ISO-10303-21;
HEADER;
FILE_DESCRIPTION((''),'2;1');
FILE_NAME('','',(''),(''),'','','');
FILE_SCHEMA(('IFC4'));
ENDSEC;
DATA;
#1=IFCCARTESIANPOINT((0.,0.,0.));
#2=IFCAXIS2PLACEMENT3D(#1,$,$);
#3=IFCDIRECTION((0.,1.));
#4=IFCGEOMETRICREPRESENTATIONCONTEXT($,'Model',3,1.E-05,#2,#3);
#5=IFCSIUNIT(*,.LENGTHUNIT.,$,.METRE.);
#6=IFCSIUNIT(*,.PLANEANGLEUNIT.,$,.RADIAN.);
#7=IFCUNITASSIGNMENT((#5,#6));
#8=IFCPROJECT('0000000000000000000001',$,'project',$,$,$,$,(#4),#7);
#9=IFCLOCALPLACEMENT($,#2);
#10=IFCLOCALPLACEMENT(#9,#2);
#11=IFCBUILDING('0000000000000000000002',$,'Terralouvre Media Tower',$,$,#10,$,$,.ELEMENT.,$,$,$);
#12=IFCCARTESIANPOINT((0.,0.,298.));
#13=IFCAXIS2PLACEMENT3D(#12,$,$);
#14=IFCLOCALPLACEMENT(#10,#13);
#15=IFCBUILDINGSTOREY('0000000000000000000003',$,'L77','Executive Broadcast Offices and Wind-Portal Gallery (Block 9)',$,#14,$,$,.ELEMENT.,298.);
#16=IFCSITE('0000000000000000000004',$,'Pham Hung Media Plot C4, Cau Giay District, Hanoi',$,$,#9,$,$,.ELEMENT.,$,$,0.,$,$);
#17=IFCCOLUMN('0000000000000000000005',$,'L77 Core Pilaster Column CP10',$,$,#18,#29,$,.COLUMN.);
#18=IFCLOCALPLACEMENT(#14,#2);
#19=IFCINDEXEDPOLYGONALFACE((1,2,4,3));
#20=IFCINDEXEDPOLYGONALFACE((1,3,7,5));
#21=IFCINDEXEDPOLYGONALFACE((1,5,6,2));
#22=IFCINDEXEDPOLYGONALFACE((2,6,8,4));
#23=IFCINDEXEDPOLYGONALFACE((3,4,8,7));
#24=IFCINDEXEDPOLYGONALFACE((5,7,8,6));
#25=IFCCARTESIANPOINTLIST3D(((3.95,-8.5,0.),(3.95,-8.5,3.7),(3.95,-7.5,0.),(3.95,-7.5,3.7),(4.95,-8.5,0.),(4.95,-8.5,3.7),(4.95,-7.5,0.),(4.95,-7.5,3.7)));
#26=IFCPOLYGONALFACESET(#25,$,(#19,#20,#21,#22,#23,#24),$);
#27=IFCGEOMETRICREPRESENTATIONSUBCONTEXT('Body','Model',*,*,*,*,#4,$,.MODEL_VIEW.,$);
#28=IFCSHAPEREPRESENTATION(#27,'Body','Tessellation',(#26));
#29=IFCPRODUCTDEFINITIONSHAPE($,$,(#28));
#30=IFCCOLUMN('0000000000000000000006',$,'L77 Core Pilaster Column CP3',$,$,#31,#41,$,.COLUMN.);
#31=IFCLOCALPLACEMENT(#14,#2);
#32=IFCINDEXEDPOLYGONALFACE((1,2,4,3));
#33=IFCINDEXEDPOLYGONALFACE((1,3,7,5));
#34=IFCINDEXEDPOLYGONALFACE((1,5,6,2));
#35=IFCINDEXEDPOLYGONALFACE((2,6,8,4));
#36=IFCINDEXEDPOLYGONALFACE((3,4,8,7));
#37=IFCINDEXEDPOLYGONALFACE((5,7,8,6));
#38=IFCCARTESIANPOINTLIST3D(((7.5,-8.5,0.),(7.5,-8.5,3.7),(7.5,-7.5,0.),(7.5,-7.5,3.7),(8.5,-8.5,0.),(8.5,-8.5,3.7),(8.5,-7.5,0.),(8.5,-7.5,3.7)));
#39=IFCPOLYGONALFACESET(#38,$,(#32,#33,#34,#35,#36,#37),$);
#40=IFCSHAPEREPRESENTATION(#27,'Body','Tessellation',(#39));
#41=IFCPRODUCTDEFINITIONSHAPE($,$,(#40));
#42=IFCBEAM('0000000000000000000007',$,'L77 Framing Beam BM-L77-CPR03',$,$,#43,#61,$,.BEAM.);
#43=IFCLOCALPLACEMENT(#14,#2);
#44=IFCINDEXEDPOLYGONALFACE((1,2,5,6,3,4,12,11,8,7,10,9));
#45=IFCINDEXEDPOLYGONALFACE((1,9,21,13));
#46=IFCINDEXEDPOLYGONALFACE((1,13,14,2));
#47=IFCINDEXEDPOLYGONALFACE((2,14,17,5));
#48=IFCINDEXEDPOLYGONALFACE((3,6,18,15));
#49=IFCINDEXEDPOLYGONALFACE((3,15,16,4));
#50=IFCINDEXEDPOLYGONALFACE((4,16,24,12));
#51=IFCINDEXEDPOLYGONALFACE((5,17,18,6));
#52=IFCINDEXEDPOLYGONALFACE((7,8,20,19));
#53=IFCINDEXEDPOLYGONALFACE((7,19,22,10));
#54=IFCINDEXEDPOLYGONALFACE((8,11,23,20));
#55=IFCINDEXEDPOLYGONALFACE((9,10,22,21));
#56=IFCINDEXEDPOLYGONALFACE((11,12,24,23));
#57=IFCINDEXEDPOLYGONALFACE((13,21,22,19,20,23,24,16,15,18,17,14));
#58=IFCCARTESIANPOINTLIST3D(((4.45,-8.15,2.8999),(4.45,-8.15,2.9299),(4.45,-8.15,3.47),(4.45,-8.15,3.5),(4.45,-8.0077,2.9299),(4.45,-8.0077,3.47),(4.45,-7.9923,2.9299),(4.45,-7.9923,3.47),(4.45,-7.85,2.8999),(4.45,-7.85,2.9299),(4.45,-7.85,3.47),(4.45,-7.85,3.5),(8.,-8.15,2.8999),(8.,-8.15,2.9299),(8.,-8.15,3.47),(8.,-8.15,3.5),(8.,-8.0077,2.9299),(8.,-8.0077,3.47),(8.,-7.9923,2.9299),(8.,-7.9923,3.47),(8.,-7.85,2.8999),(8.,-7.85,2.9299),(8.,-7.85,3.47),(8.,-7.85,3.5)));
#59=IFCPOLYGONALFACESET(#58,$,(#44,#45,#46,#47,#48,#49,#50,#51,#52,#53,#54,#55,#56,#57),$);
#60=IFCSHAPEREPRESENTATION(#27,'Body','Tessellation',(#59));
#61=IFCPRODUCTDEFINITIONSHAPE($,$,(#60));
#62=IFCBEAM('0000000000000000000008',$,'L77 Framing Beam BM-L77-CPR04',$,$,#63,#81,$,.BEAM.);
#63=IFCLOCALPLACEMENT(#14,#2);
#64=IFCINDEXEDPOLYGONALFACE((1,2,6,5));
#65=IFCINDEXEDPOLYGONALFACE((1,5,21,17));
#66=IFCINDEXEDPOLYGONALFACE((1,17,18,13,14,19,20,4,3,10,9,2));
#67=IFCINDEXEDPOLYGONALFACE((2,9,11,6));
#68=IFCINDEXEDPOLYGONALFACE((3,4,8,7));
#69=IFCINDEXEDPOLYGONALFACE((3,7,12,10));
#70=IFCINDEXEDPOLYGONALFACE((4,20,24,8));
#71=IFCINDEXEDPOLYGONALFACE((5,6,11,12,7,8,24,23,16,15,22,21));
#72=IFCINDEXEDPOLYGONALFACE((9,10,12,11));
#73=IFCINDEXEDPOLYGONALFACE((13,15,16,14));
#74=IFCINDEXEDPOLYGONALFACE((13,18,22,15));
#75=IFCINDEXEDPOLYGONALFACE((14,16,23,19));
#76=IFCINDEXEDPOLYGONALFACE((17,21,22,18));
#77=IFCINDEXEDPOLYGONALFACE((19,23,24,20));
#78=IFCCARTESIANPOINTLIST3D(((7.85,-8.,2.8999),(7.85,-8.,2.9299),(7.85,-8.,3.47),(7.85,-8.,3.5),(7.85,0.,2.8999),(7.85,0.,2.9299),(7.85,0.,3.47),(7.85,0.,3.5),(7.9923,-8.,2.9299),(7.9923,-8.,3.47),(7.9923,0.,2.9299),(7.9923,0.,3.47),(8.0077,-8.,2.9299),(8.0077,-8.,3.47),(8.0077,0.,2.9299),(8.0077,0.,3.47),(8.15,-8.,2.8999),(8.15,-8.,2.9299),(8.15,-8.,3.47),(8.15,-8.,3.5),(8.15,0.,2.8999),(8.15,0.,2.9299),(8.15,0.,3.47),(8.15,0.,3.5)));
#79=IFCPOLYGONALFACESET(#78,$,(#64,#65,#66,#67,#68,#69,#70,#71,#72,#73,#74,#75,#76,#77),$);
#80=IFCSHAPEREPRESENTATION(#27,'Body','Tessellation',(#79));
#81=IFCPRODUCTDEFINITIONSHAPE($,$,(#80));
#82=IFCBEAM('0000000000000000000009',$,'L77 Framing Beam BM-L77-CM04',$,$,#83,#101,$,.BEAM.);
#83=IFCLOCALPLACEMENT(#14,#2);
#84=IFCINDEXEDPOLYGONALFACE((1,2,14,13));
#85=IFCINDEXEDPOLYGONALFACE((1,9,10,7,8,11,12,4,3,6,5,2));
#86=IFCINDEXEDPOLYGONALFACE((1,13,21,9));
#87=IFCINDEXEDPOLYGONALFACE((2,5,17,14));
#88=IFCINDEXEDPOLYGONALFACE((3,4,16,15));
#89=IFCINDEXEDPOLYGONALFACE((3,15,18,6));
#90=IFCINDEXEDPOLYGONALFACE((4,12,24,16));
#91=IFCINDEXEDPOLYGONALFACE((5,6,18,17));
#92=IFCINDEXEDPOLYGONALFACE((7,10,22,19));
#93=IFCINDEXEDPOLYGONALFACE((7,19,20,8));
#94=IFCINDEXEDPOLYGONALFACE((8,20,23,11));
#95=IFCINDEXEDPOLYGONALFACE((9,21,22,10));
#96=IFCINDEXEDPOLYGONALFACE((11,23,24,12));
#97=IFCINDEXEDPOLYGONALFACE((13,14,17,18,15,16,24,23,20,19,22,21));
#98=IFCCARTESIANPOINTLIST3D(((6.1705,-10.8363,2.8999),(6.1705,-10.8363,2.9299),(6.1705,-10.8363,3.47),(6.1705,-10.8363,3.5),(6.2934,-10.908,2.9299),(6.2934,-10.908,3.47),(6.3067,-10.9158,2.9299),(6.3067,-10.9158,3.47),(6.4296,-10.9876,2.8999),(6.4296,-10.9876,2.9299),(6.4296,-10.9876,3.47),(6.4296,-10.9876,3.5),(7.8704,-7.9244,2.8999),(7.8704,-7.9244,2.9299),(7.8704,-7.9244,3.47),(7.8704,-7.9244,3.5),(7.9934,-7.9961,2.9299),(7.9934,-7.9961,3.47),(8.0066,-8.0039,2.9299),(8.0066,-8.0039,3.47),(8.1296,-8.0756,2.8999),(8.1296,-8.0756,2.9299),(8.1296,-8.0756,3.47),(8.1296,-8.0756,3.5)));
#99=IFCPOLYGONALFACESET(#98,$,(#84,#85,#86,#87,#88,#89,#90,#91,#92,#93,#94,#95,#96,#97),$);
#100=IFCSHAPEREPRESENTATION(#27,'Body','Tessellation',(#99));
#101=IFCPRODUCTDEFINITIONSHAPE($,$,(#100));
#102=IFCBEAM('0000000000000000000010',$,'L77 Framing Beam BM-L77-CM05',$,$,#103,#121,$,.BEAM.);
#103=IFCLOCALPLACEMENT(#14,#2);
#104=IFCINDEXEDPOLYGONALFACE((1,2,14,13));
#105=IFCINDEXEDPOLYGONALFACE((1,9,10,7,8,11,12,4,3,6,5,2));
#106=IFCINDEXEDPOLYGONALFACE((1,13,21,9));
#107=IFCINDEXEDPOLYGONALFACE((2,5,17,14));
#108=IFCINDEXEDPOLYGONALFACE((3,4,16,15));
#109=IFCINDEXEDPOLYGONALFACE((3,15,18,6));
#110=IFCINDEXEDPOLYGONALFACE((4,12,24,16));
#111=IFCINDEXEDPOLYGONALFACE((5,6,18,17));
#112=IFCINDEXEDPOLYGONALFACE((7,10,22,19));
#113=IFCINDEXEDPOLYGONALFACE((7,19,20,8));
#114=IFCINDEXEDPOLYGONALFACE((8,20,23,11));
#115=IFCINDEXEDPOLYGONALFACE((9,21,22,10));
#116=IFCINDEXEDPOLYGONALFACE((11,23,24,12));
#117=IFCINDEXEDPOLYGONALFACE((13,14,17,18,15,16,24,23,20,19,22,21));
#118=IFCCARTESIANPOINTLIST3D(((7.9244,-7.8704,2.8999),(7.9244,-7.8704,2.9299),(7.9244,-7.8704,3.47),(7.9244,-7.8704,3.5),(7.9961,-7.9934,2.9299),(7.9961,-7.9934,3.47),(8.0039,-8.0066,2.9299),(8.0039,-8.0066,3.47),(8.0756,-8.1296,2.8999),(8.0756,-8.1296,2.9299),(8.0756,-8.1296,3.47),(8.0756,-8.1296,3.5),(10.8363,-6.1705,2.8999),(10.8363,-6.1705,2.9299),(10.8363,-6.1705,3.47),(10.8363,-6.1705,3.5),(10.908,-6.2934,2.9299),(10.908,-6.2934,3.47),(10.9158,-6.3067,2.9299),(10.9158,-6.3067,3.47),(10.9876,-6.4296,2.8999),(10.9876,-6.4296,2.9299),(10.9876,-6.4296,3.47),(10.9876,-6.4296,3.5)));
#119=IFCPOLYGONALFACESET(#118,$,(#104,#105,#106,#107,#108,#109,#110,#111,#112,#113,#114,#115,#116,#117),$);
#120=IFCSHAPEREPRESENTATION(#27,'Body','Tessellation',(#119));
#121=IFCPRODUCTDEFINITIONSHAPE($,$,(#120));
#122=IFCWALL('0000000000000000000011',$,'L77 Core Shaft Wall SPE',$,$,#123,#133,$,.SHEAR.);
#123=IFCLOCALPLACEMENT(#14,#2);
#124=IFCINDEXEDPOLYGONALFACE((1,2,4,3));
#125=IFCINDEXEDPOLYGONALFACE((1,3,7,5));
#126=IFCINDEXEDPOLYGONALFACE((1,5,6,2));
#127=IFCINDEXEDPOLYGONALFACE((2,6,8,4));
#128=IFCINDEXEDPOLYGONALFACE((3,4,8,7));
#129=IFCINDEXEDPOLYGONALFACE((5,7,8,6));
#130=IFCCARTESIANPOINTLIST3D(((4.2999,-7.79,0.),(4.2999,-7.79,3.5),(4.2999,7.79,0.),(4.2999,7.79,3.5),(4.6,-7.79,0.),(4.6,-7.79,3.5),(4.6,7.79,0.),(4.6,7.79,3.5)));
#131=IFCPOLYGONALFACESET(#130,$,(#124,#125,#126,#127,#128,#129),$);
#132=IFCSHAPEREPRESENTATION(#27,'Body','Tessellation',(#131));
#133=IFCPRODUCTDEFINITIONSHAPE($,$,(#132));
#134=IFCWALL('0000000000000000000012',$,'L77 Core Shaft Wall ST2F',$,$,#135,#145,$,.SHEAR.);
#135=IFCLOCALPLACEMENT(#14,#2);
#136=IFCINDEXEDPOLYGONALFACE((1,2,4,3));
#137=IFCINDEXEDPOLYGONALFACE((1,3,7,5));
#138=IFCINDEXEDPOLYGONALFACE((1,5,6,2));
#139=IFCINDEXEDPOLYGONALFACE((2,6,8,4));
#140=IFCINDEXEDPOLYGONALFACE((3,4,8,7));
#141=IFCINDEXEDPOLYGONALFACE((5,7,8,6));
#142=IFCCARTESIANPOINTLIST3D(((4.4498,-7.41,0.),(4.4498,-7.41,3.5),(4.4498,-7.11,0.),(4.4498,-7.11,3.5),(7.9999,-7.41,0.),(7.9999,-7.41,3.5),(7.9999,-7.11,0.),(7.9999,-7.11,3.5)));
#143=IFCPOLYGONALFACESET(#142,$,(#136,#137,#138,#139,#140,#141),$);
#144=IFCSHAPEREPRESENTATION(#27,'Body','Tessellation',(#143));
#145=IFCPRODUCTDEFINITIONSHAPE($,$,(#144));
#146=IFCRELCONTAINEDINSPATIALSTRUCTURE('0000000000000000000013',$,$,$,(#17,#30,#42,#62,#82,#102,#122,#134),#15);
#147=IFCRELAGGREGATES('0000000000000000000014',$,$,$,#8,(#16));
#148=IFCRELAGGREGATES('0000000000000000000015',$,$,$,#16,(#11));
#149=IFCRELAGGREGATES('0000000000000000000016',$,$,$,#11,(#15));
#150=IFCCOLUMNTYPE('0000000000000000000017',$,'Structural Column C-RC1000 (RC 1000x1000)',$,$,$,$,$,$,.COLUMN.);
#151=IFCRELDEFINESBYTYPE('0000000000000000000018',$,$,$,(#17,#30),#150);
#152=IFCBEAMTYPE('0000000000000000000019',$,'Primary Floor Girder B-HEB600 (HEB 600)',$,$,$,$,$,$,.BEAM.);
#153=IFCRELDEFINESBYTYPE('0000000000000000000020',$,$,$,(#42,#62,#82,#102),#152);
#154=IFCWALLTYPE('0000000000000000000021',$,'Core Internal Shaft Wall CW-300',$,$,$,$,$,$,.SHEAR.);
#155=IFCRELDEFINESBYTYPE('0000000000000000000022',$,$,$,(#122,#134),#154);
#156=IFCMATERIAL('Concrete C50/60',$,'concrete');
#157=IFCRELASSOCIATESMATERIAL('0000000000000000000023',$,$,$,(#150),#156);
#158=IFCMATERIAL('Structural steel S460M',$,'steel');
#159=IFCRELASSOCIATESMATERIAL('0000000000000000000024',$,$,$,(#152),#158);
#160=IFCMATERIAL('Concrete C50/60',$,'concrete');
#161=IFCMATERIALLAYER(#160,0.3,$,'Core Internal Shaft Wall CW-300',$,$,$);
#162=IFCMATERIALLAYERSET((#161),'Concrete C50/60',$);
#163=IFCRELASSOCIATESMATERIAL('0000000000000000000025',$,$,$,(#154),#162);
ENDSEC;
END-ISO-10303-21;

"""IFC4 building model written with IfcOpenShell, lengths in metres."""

from ifc_helpers import new_model, si_unit, direction, frame, frame_2d, origin, origin_2d, place, context, subcontext, project, spatial, rectangle, i_section, extrude, material, layer, layer_set, material_profile, profile_set, type_object, element, save


model = new_model("IFC4")

# Units and contexts
model_context = context("Model", 3, precision=1e-05, world=origin(), true_north=direction((0.0, 1.0)))
body_context = subcontext(model_context, "Body", "Model", "MODEL_VIEW")
ifc_project = project(units=[si_unit("LENGTHUNIT", "METRE"), si_unit("PLANEANGLEUNIT", "RADIAN")], contexts=[model_context])

# Site, building, storey
site_placement = place(None, origin())
site = spatial("IfcSite", under=ifc_project, at=site_placement, Name="Pham Hung Media Plot C4, Cau Giay District, Hanoi", CompositionType="ELEMENT", RefElevation=0.0)
building_placement = place(site_placement, origin())
building = spatial("IfcBuilding", under=site, at=building_placement, Name="Terralouvre Media Tower", CompositionType="ELEMENT")
storey_placement = place(building_placement, frame((0.0, 0.0, 298.0)))
storey = spatial("IfcBuildingStorey", under=building, at=storey_placement, Name="L77", Description="Executive Broadcast Offices and Wind-Portal Gallery (Block 9)", CompositionType="ELEMENT", Elevation=298.0)

# Columns
ifc_material_1 = material(Name="Concrete C50/60", Category="concrete")
ifc_material_profile_1 = material_profile(ifc_material_1, rectangle(XDim=1.0, YDim=1.0, at=origin_2d()), Name="RC 1000x1000")
ifc_profile_set_1 = profile_set([ifc_material_profile_1], Name="Concrete C50/60")
column_type = type_object("IfcColumnType", Name="Structural Column C-RC1000 (RC 1000x1000)", PredefinedType="COLUMN", material=ifc_profile_set_1)
for number, where, z_axis, x_axis, name in (
    (1, (4.45, -8.0, 0.0), (0.0, 0.0, 1.0), (1.0, 0.0, 0.0), "L77 Core Pilaster Column CP10"),
    (2, (8.0, -8.0, 0.0), (0.0, 0.0, 1.0), (1.0, 0.0, 0.0), "L77 Core Pilaster Column CP3"),
):
    element("IfcColumn", number, at=place(storey_placement, frame(where, z_axis=z_axis, x_axis=x_axis)), inside=storey, type_object=column_type, Name=name, PredefinedType="COLUMN", context=body_context, shape_type="SweptSolid", body=[
        extrude(rectangle(XDim=1.0, YDim=1.0, at=origin_2d()), origin(), (0.0, 0.0, 1.0), 3.7),
    ])

# Beams
ifc_material_2 = material(Name="Structural steel S460M", Category="steel")
ifc_material_profile_2 = material_profile(ifc_material_2, i_section(OverallWidth=0.3, OverallDepth=0.6001, WebThickness=0.0154, FlangeThickness=0.03, at=origin_2d()), Name="HEB 600")
ifc_profile_set_2 = profile_set([ifc_material_profile_2], Name="Structural steel S460M")
beam_type = type_object("IfcBeamType", Name="Primary Floor Girder B-HEB600 (HEB 600)", PredefinedType="BEAM", material=ifc_profile_set_2)
beam_1_placement = place(storey_placement, frame((4.45, -8.0, 3.2), z_axis=(1.0, 0.0, 0.0), x_axis=(0.0, 1.0, 0.0)))
element("IfcBeam", 3, at=beam_1_placement, inside=storey, type_object=beam_type, Name="L77 Framing Beam BM-L77-CPR03", PredefinedType="BEAM", context=body_context, shape_type="SweptSolid", body=[
    extrude(i_section(OverallWidth=0.3, OverallDepth=0.6001, WebThickness=0.0154, FlangeThickness=0.03, at=origin_2d()), origin(), (0.0, 0.0, 1.0), 3.55),
])
beam_2_placement = place(storey_placement, frame((8.0, -8.0, 3.2), z_axis=(0.0, 1.0, 0.0), x_axis=(-1.0, 0.0, 0.0)))
element("IfcBeam", 4, at=beam_2_placement, inside=storey, type_object=beam_type, Name="L77 Framing Beam BM-L77-CPR04", PredefinedType="BEAM", context=body_context, shape_type="SweptSolid", body=[
    extrude(i_section(OverallWidth=0.3, OverallDepth=0.6001, WebThickness=0.0154, FlangeThickness=0.03, at=origin_2d()), origin(), (0.0, 0.0, 1.0), 8.0),
])
for number, where, z_axis, x_axis, name in (
    (5, (8.0, -8.0, 3.2), (-0.504173, -0.863603, 0.0), (0.863603, -0.504173, 0.0), "L77 Framing Beam BM-L77-CM04"),
    (6, (8.0, -8.0, 3.2), (0.863603, 0.504173, 0.0), (-0.504173, 0.863603, 0.0), "L77 Framing Beam BM-L77-CM05"),
):
    element("IfcBeam", number, at=place(storey_placement, frame(where, z_axis=z_axis, x_axis=x_axis)), inside=storey, type_object=beam_type, Name=name, PredefinedType="BEAM", context=body_context, shape_type="SweptSolid", body=[
        extrude(i_section(OverallWidth=0.3, OverallDepth=0.6001, WebThickness=0.0154, FlangeThickness=0.03, at=origin_2d()), origin(), (0.0, 0.0, 1.0), 3.3718),
    ])

# Wall
ifc_material_3 = material(Name="Concrete C50/60", Category="concrete")
ifc_layer_1 = layer(ifc_material_3, 0.3, Name="Core Internal Shaft Wall CW-300")
ifc_layer_set_1 = layer_set([ifc_layer_1], Name="Concrete C50/60")
wall_type_1 = type_object("IfcWallType", Name="Core Internal Shaft Wall CW-300", PredefinedType="SHEAR", material=ifc_layer_set_1)
wall_1_placement = place(storey_placement, frame((4.45, -7.79, 0.0), z_axis=(0.0, 0.0, 1.0), x_axis=(0.0, 1.0, 0.0)))
element("IfcWall", 7, at=wall_1_placement, inside=storey, type_object=wall_type_1, Name="L77 Core Shaft Wall SPE", PredefinedType="SHEAR", context=body_context, shape_type="SweptSolid", body=[
    extrude(rectangle(XDim=15.5801, YDim=0.3, at=frame_2d((7.79, 0.0))), origin(), (0.0, 0.0, 1.0), 3.5),
])

# Wall
wall_2_placement = place(storey_placement, frame((4.45, -7.26, 0.0), z_axis=(0.0, 0.0, 1.0), x_axis=(1.0, 0.0, 0.0)))
element("IfcWall", 8, at=wall_2_placement, inside=storey, type_object=wall_type_1, Name="L77 Core Shaft Wall ST2F", PredefinedType="SHEAR", context=body_context, shape_type="SweptSolid", body=[
    extrude(rectangle(XDim=3.55, YDim=0.3, at=frame_2d((1.7749, 0.0))), origin(), (0.0, 0.0, 1.0), 3.5),
])

save(model, "model.ifc")
